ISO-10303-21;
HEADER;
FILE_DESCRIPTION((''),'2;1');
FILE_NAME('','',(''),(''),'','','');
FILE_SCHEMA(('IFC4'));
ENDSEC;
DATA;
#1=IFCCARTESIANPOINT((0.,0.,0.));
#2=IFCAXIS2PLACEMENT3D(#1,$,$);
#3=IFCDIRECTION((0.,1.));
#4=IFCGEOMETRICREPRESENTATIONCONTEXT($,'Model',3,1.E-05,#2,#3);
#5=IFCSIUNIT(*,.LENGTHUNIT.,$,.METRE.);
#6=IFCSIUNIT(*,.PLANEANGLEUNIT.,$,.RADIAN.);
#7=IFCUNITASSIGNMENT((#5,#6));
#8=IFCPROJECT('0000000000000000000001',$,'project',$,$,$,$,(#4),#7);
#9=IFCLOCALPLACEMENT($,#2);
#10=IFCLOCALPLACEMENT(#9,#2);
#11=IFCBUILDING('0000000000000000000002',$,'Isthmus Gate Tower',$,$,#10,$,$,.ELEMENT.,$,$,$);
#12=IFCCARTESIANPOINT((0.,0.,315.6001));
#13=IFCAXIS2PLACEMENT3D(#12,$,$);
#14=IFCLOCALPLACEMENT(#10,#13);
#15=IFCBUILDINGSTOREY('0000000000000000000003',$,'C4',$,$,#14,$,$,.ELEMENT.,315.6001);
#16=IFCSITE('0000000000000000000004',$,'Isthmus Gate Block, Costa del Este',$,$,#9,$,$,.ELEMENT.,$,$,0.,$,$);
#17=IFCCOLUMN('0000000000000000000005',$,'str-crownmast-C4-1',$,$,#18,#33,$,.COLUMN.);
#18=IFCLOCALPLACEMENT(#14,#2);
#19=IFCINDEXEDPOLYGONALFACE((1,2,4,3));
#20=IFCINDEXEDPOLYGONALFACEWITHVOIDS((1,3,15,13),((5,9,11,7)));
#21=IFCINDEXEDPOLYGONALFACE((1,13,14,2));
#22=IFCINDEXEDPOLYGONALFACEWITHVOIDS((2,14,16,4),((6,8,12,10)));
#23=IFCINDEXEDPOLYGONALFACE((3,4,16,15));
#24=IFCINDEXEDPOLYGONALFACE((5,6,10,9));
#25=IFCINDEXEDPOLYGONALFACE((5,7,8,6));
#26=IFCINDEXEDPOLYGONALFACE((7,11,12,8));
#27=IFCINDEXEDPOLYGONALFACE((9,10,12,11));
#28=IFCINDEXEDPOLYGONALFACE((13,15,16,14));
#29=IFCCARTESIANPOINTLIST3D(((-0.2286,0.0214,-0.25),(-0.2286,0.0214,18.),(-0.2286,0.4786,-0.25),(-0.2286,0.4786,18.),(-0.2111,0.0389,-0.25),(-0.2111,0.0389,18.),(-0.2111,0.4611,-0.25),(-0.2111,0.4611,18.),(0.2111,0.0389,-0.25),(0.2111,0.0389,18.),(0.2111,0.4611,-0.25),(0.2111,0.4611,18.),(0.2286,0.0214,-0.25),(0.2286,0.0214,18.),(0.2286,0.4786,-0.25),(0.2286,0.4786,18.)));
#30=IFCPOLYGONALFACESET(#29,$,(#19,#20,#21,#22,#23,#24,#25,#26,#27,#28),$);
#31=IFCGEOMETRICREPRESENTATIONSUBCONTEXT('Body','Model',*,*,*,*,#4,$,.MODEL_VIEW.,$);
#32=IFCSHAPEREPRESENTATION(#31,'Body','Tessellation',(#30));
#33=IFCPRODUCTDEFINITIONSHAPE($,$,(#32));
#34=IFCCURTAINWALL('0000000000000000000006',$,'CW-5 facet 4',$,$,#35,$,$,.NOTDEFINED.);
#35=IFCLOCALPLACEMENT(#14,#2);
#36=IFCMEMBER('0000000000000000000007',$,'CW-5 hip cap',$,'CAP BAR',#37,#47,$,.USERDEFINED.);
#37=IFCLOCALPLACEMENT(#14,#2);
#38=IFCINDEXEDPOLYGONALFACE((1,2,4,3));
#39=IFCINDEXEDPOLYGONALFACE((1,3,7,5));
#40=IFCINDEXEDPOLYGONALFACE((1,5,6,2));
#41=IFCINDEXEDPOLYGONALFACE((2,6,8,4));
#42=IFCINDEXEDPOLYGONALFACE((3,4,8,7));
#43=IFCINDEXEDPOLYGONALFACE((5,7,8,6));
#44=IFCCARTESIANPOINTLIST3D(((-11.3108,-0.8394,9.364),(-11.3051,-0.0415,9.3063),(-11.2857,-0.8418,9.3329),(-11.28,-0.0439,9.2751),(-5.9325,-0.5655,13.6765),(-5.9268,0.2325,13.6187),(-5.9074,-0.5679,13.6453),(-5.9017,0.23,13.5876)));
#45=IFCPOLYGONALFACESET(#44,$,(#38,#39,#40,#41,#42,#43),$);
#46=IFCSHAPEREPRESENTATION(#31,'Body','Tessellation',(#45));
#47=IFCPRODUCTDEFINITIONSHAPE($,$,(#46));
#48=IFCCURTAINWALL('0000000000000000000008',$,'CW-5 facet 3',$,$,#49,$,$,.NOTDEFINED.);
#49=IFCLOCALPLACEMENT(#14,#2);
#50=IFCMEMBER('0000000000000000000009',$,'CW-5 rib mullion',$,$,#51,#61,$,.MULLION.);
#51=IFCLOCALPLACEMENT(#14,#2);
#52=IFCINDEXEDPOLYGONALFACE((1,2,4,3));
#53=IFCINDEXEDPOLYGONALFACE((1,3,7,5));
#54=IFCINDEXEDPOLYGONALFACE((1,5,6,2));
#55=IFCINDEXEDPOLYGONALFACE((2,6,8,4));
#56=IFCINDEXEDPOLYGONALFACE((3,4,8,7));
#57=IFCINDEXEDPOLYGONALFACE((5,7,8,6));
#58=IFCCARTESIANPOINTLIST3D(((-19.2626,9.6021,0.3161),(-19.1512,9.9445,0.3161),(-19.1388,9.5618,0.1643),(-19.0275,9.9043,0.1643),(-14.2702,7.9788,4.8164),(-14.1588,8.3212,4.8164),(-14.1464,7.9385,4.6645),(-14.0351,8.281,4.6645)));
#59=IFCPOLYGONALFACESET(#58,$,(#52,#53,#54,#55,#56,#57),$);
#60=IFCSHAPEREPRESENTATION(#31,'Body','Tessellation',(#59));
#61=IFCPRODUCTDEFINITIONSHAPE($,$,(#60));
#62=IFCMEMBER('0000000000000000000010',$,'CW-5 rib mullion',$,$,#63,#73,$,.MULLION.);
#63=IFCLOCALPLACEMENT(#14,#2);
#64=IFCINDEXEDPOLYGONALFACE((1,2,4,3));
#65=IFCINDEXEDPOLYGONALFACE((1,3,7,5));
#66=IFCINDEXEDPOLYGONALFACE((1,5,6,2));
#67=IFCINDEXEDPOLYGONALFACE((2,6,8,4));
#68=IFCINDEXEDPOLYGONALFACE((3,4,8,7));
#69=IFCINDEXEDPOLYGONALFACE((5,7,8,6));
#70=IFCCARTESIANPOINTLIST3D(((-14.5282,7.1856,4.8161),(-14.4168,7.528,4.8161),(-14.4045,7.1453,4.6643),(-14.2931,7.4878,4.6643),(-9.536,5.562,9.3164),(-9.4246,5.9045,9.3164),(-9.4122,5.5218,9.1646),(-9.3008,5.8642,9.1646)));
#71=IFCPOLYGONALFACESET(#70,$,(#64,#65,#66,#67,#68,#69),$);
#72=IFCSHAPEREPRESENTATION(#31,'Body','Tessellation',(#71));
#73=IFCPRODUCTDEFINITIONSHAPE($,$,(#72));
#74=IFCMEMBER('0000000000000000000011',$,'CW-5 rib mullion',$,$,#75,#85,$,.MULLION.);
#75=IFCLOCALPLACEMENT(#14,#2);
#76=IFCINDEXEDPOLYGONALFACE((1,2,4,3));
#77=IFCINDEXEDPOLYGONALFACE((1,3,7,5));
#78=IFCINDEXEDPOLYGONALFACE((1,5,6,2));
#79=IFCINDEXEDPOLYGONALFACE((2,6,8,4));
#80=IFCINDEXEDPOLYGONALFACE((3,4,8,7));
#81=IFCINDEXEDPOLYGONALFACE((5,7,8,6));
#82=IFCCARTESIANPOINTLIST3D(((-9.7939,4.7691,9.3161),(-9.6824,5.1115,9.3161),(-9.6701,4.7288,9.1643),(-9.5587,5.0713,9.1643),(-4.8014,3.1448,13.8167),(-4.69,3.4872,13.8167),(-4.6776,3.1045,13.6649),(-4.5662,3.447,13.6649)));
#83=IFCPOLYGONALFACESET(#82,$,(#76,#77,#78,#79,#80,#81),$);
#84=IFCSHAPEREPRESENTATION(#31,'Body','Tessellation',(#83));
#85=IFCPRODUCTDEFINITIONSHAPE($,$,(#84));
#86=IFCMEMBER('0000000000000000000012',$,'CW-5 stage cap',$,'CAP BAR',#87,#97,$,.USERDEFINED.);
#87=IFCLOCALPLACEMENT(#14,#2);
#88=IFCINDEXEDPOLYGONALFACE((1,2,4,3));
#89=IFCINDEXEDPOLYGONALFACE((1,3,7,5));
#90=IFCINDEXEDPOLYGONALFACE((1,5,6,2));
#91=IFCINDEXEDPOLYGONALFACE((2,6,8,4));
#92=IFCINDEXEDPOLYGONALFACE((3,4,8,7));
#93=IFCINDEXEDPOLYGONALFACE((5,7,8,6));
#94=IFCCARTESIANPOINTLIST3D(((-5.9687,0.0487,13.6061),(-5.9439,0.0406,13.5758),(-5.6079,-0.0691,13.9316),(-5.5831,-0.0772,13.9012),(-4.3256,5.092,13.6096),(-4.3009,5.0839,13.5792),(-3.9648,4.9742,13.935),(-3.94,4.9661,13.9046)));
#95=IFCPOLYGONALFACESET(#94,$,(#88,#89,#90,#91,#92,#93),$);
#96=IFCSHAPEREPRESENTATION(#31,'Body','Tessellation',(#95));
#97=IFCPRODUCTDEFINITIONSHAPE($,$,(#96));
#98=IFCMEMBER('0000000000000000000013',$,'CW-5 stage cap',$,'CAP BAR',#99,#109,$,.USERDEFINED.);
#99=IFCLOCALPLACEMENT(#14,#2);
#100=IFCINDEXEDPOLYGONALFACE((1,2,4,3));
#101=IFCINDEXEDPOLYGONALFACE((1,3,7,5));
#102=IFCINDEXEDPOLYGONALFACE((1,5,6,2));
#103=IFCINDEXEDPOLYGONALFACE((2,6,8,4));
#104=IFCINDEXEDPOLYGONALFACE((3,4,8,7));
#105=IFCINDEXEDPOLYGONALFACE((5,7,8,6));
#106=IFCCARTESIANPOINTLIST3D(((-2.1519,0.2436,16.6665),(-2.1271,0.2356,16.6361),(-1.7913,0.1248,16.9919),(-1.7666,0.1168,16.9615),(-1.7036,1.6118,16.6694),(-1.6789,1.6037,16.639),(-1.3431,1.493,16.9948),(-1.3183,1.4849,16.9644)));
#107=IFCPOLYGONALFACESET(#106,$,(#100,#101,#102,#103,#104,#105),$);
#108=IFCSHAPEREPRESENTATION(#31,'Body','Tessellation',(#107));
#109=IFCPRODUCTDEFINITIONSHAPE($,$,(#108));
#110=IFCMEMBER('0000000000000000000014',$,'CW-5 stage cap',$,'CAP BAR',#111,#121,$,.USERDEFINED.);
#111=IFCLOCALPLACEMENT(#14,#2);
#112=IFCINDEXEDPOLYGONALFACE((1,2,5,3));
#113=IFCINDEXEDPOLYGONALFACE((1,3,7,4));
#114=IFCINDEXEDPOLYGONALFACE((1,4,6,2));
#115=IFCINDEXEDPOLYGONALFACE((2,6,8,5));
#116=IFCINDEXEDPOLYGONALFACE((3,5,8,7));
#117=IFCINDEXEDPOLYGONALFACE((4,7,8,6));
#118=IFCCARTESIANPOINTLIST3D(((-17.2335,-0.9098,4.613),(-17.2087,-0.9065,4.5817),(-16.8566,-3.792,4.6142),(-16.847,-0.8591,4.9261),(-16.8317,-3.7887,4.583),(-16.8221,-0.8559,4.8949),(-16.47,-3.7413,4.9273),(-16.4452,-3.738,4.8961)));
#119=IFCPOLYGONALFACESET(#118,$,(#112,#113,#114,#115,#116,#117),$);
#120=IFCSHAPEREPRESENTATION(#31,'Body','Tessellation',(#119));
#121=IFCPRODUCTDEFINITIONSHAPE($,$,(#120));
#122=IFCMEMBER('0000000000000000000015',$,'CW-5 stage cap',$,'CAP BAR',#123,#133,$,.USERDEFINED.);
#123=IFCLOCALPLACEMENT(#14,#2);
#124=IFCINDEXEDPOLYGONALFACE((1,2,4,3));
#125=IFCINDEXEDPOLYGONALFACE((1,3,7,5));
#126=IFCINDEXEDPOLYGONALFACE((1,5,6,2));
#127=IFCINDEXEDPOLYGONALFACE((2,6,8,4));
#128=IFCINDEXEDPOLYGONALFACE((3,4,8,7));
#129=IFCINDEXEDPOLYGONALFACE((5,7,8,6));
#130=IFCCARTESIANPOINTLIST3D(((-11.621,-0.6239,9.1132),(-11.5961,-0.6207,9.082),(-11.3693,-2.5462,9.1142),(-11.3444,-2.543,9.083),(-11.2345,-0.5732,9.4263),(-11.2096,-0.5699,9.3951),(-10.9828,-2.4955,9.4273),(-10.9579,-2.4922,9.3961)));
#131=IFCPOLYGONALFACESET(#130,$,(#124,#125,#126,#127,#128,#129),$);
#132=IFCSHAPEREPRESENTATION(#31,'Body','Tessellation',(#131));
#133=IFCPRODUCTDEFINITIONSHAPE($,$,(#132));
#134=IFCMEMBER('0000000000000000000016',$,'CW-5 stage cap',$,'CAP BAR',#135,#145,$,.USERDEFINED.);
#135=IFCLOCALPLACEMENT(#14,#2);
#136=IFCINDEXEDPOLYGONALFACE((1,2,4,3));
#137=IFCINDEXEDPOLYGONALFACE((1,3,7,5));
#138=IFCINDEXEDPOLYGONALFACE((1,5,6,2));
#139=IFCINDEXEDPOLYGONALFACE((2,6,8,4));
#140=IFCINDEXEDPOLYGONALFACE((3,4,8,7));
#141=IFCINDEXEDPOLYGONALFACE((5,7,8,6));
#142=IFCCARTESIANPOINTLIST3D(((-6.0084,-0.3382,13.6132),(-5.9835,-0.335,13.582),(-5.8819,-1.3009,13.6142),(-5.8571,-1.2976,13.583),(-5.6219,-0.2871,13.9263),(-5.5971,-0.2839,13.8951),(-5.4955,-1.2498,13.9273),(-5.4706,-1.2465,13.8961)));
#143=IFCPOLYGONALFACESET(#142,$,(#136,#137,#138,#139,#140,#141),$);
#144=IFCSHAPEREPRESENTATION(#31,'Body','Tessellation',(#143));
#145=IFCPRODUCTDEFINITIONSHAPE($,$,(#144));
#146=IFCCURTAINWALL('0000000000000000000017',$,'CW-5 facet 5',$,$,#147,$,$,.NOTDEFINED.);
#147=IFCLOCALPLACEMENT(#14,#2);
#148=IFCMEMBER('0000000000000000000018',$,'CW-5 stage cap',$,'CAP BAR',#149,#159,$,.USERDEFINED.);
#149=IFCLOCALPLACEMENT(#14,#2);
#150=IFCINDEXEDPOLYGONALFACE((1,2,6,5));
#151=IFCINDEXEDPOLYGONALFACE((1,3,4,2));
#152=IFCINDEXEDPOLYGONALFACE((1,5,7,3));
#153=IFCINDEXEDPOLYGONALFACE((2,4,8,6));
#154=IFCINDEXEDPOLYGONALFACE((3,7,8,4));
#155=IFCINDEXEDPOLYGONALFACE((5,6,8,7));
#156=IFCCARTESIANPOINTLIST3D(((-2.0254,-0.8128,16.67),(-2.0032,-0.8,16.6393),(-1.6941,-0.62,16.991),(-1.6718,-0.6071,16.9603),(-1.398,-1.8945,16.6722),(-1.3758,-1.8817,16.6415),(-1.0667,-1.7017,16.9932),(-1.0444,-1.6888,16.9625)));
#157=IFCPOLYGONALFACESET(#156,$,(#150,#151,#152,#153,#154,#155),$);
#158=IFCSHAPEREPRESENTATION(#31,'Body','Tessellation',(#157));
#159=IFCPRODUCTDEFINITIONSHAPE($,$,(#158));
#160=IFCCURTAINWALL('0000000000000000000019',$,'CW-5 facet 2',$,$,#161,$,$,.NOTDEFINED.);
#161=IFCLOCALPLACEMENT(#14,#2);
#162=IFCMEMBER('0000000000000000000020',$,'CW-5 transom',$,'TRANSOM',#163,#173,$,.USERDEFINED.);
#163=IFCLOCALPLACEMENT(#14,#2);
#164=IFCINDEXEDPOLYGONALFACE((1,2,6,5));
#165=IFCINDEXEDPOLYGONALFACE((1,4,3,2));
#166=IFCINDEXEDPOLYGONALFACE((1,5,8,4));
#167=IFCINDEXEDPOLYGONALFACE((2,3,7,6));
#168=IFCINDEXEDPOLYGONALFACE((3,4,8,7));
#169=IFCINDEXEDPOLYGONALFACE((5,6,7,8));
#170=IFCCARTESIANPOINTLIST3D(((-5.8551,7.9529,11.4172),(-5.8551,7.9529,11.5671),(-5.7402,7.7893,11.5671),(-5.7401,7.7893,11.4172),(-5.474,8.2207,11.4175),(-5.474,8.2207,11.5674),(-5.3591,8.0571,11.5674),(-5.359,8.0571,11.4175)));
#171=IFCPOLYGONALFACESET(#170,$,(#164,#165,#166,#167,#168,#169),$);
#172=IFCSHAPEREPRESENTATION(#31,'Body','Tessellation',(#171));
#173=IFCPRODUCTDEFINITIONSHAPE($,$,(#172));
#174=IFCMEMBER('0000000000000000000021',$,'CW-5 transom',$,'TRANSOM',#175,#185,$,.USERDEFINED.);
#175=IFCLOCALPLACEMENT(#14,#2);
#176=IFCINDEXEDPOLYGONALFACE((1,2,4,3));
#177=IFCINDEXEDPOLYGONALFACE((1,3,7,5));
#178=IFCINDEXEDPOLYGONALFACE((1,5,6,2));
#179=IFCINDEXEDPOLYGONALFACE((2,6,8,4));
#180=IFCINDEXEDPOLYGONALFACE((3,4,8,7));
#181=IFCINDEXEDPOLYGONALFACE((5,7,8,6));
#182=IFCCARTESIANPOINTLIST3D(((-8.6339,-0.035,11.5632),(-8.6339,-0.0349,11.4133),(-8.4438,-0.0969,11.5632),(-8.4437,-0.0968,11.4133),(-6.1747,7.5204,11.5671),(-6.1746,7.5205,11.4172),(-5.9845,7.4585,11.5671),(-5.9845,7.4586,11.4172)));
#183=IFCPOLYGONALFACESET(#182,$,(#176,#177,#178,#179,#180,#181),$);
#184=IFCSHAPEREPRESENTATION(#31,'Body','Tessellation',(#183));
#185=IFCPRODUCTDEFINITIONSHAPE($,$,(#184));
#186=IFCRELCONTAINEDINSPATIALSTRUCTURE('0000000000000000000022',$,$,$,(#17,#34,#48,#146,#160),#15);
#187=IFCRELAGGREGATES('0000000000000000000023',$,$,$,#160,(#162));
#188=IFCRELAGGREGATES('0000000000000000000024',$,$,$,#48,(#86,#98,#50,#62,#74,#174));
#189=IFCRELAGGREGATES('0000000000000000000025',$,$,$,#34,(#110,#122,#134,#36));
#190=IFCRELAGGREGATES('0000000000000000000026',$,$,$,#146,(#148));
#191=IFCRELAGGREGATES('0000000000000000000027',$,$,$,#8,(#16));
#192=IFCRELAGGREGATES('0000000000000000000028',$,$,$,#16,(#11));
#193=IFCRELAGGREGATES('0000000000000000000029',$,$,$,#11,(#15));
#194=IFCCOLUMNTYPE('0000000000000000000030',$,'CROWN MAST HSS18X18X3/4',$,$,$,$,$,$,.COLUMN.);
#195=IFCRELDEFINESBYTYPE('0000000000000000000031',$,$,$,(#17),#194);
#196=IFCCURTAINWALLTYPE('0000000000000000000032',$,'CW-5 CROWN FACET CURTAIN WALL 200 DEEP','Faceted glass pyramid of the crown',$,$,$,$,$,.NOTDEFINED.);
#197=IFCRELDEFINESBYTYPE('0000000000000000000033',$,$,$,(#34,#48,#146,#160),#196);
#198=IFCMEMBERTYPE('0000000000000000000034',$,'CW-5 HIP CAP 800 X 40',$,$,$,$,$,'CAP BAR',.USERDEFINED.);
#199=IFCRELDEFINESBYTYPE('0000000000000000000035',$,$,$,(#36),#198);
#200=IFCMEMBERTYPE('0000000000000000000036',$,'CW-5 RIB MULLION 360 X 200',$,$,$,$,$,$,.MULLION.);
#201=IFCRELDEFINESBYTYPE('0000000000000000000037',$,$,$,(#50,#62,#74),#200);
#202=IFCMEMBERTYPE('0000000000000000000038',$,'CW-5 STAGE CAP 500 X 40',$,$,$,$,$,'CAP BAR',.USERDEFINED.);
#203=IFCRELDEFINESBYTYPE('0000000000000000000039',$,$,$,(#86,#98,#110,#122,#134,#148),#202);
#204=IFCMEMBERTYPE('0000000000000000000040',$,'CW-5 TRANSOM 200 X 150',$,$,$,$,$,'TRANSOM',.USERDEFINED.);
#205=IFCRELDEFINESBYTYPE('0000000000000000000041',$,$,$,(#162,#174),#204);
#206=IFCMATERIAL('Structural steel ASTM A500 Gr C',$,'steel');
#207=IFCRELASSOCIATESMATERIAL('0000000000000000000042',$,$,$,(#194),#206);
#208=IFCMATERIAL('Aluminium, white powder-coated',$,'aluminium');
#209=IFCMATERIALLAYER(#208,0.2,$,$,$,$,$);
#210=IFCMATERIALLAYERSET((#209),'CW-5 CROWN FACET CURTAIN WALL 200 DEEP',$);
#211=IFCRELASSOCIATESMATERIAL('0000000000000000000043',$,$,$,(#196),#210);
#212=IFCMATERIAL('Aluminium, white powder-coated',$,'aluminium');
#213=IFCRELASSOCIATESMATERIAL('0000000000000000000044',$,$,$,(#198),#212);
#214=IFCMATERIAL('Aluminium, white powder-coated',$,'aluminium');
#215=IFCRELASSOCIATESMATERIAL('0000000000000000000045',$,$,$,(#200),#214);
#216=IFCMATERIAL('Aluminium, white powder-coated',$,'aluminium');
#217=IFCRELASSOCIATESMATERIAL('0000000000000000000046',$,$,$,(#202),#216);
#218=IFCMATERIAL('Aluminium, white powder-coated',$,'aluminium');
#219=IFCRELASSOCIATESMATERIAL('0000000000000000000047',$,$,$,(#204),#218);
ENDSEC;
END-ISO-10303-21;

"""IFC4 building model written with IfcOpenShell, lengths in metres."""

from ifc_helpers import new_model, si_unit, direction, frame, origin, origin_2d, place, context, subcontext, project, spatial, rectangle, hollow_rectangle, extrude, material, layer, layer_set, material_profile, profile_set, type_object, element, aggregate, save


model = new_model("IFC4")

# Units and contexts
model_context = context("Model", 3, precision=1e-05, world=origin(), true_north=direction((0.0, 1.0)))
body_context = subcontext(model_context, "Body", "Model", "MODEL_VIEW")
ifc_project = project(units=[si_unit("LENGTHUNIT", "METRE"), si_unit("PLANEANGLEUNIT", "RADIAN")], contexts=[model_context])

# Site, building, storey
site_placement = place(None, origin())
site = spatial("IfcSite", under=ifc_project, at=site_placement, Name="Isthmus Gate Block, Costa del Este", CompositionType="ELEMENT", RefElevation=0.0)
building_placement = place(site_placement, origin())
building = spatial("IfcBuilding", under=site, at=building_placement, Name="Isthmus Gate Tower", CompositionType="ELEMENT")
storey_placement = place(building_placement, frame((0.0, 0.0, 315.6001)))
storey = spatial("IfcBuildingStorey", under=building, at=storey_placement, Name="C4", CompositionType="ELEMENT", Elevation=315.6001)

# Column
ifc_material_1 = material(Name="Structural steel ASTM A500 Gr C", Category="steel")
ifc_material_profile_1 = material_profile(ifc_material_1, hollow_rectangle(XDim=0.4573, YDim=0.4573, WallThickness=0.0176, at=origin_2d()), Name="HSS18X18X3/4")
ifc_profile_set_1 = profile_set([ifc_material_profile_1], Name="Structural steel ASTM A500 Gr C")
column_type = type_object("IfcColumnType", Name="CROWN MAST HSS18X18X3/4", PredefinedType="COLUMN", material=ifc_profile_set_1)
column_placement = place(storey_placement, frame((0.0, 0.25, -0.25), z_axis=(0.0, 0.0, 1.0), x_axis=(1.0, 0.0, 0.0)))
element("IfcColumn", 1, at=column_placement, inside=storey, type_object=column_type, Name="str-crownmast-C4-1", PredefinedType="COLUMN", context=body_context, shape_type="SweptSolid", body=[
    extrude(hollow_rectangle(XDim=0.4573, YDim=0.4573, WallThickness=0.0176, at=origin_2d()), origin(), (0.0, 0.0, 1.0), 18.25),
])

# Curtain wall, member
ifc_material_2 = material(Name="Aluminium, white powder-coated", Category="aluminium")
ifc_layer_1 = layer(ifc_material_2, 0.2)
ifc_layer_set_1 = layer_set([ifc_layer_1], Name="CW-5 CROWN FACET CURTAIN WALL 200 DEEP")
curtain_wall_type = type_object("IfcCurtainWallType", Name="CW-5 CROWN FACET CURTAIN WALL 200 DEEP", Description="Faceted glass pyramid of the crown", PredefinedType="NOTDEFINED", material=ifc_layer_set_1)
curtain_wall_1_placement = place(storey_placement, origin())
curtain_wall_1 = element("IfcCurtainWall", 2, at=curtain_wall_1_placement, inside=storey, type_object=curtain_wall_type, Name="CW-5 facet 4", PredefinedType="NOTDEFINED")
ifc_material_3 = material(Name="Aluminium, white powder-coated", Category="aluminium")
ifc_material_profile_2 = material_profile(ifc_material_3, rectangle(XDim=0.8, YDim=0.04, at=origin_2d()), Name="800x40")
ifc_profile_set_2 = profile_set([ifc_material_profile_2], Name="Aluminium, white powder-coated")
member_type_1 = type_object("IfcMemberType", Name="CW-5 HIP CAP 800 X 40", ElementType="CAP BAR", PredefinedType="USERDEFINED", material=ifc_profile_set_2)
placement_1 = place(building_placement, frame((0.0, 0.0, 324.6001)))
member_1_placement = place(placement_1, frame((-11.2954, -0.4417, 0.3196), z_axis=(0.779562, 0.039704, 0.625065), x_axis=(0.007103, 0.997364, -0.072211)))
member_1 = element("IfcMember", 3, at=member_1_placement, type_object=member_type_1, Name="CW-5 hip cap", ObjectType="CAP BAR", PredefinedType="USERDEFINED", context=body_context, shape_type="SweptSolid", body=[
    extrude(rectangle(XDim=0.8, YDim=0.04, at=origin_2d()), origin(), (0.0, 0.0, 1.0), 6.8992),
])

# Curtain wall, members
curtain_wall_2_placement = place(storey_placement, origin())
curtain_wall_2 = element("IfcCurtainWall", 4, at=curtain_wall_2_placement, inside=storey, type_object=curtain_wall_type, Name="CW-5 facet 3", PredefinedType="NOTDEFINED")
ifc_material_4 = material(Name="Aluminium, white powder-coated", Category="aluminium")
ifc_material_profile_3 = material_profile(ifc_material_4, rectangle(XDim=0.3601, YDim=0.2, at=origin_2d()), Name="360x200")
ifc_profile_set_3 = profile_set([ifc_material_profile_3], Name="Aluminium, white powder-coated")
member_type_2 = type_object("IfcMemberType", Name="CW-5 RIB MULLION 360 X 200", PredefinedType="MULLION", material=ifc_profile_set_3)
member_2_placement = place(storey_placement, frame((-19.145, 9.7532, 0.2402), z_axis=(0.722013, -0.234763, 0.650833), x_axis=(0.309215, 0.950992, 0.0)))
member_2 = element("IfcMember", 5, at=member_2_placement, type_object=member_type_2, Name="CW-5 rib mullion", PredefinedType="MULLION", context=body_context, shape_type="SweptSolid", body=[
    extrude(rectangle(XDim=0.3601, YDim=0.2, at=origin_2d()), origin(), (0.0, 0.0, 1.0), 6.9146),
])
placement_2 = place(building_placement, frame((0.0, 0.0, 320.1001)))
member_3_placement = place(placement_2, frame((-14.4106, 7.3367, 0.2402), z_axis=(0.721991, -0.234802, 0.650844), x_axis=(0.309271, 0.950974, 0.0)))
member_3 = element("IfcMember", 6, at=member_3_placement, type_object=member_type_2, Name="CW-5 rib mullion", PredefinedType="MULLION", context=body_context, shape_type="SweptSolid", body=[
    extrude(rectangle(XDim=0.3601, YDim=0.2, at=origin_2d()), origin(), (0.0, 0.0, 1.0), 6.9146),
])
member_4_placement = place(placement_1, frame((-9.6763, 4.9202, 0.2402), z_axis=(0.721973, -0.234891, 0.650831), x_axis=(0.309384, 0.950937, 0.0)))
member_4 = element("IfcMember", 7, at=member_4_placement, type_object=member_type_2, Name="CW-5 rib mullion", PredefinedType="MULLION", context=body_context, shape_type="SweptSolid", body=[
    extrude(rectangle(XDim=0.3601, YDim=0.2, at=origin_2d()), origin(), (0.0, 0.0, 1.0), 6.915),
])
ifc_material_5 = material(Name="Aluminium, white powder-coated", Category="aluminium")
ifc_material_profile_4 = material_profile(ifc_material_5, rectangle(XDim=0.5, YDim=0.04, at=origin_2d()), Name="500x40")
ifc_profile_set_4 = profile_set([ifc_material_profile_4], Name="Aluminium, white powder-coated")
member_type_3 = type_object("IfcMemberType", Name="CW-5 STAGE CAP 500 X 40", ElementType="CAP BAR", PredefinedType="USERDEFINED", material=ifc_profile_set_4)
member_5_placement = place(placement_1, frame((-4.1328, 5.0291, 4.7571), z_axis=(-0.309772, -0.950811, -0.000644), x_axis=(0.721742, -0.235583, 0.650838)))
member_5 = element("IfcMember", 8, at=member_5_placement, type_object=member_type_3, Name="CW-5 stage cap", ObjectType="CAP BAR", PredefinedType="USERDEFINED", context=body_context, shape_type="SweptSolid", body=[
    extrude(rectangle(XDim=0.5, YDim=0.04, at=origin_2d()), origin(), (0.0, 0.0, 1.0), 5.3042),
])
placement_3 = place(building_placement, frame((0.0, 0.0, 329.1001)))
member_6_placement = place(placement_3, frame((-1.511, 1.5483, 3.3169), z_axis=(-0.311339, -0.950297, -0.002035), x_axis=(0.721072, -0.237633, 0.650835)))
member_6 = element("IfcMember", 9, at=member_6_placement, type_object=member_type_3, Name="CW-5 stage cap", ObjectType="CAP BAR", PredefinedType="USERDEFINED", context=body_context, shape_type="SweptSolid", body=[
    extrude(rectangle(XDim=0.5, YDim=0.04, at=origin_2d()), origin(), (0.0, 0.0, 1.0), 1.4397),
])

# Members
member_7_placement = place(storey_placement, frame((-17.0278, -0.8828, 4.7539), z_axis=(0.129687, -0.991555, 0.00042), x_axis=(0.773017, 0.10137, 0.626234)))
member_7 = element("IfcMember", 10, at=member_7_placement, type_object=member_type_3, Name="CW-5 stage cap", ObjectType="CAP BAR", PredefinedType="USERDEFINED", context=body_context, shape_type="SweptSolid", body=[
    extrude(rectangle(XDim=0.5, YDim=0.04, at=origin_2d()), origin(), (0.0, 0.0, 1.0), 2.9067),
])
member_8_placement = place(placement_2, frame((-11.4153, -0.5969, 4.7542), z_axis=(0.129829, -0.991536, 0.000504), x_axis=(0.772995, 0.101532, 0.626234)))
member_8 = element("IfcMember", 11, at=member_8_placement, type_object=member_type_3, Name="CW-5 stage cap", ObjectType="CAP BAR", PredefinedType="USERDEFINED", context=body_context, shape_type="SweptSolid", body=[
    extrude(rectangle(XDim=0.5, YDim=0.04, at=origin_2d()), origin(), (0.0, 0.0, 1.0), 1.9387),
])
member_9_placement = place(placement_1, frame((-5.8027, -0.311, 4.7542), z_axis=(0.130253, -0.99148, 0.001006), x_axis=(0.772911, 0.102174, 0.626234)))
member_9 = element("IfcMember", 12, at=member_9_placement, type_object=member_type_3, Name="CW-5 stage cap", ObjectType="CAP BAR", PredefinedType="USERDEFINED", context=body_context, shape_type="SweptSolid", body=[
    extrude(rectangle(XDim=0.5, YDim=0.04, at=origin_2d()), origin(), (0.0, 0.0, 1.0), 0.9709),
])

# Curtain walls, members
curtain_wall_3_placement = place(storey_placement, origin())
curtain_wall_3 = element("IfcCurtainWall", 13, at=curtain_wall_3_placement, inside=storey, type_object=curtain_wall_type, Name="CW-5 facet 5", PredefinedType="NOTDEFINED")
member_10_placement = place(placement_3, frame((-1.8486, -0.71, 3.3152), z_axis=(0.50172, -0.865028, 0.001757), x_axis=(0.662703, 0.385675, 0.641934)))
member_10 = element("IfcMember", 14, at=member_10_placement, type_object=member_type_3, Name="CW-5 stage cap", ObjectType="CAP BAR", PredefinedType="USERDEFINED", context=body_context, shape_type="SweptSolid", body=[
    extrude(rectangle(XDim=0.5, YDim=0.04, at=origin_2d()), origin(), (0.0, 0.0, 1.0), 1.2505),
])
curtain_wall_4_placement = place(storey_placement, origin())
curtain_wall_4 = element("IfcCurtainWall", 15, at=curtain_wall_4_placement, inside=storey, type_object=curtain_wall_type, Name="CW-5 facet 2", PredefinedType="NOTDEFINED")
ifc_material_6 = material(Name="Aluminium, white powder-coated", Category="aluminium")
ifc_material_profile_5 = material_profile(ifc_material_6, rectangle(XDim=0.2, YDim=0.1499, at=origin_2d()), Name="200x150")
ifc_profile_set_5 = profile_set([ifc_material_profile_5], Name="Aluminium, white powder-coated")
member_type_4 = type_object("IfcMemberType", Name="CW-5 TRANSOM 200 X 150", ElementType="TRANSOM", PredefinedType="USERDEFINED", material=ifc_profile_set_5)
member_11_placement = place(placement_1, frame((-5.4165, 8.1389, 2.4924), z_axis=(-0.818172, -0.574974, -0.000524), x_axis=(0.574974, -0.818172, 0.0)))
member_11 = element("IfcMember", 16, at=member_11_placement, type_object=member_type_4, Name="CW-5 transom", ObjectType="TRANSOM", PredefinedType="USERDEFINED", context=body_context, shape_type="SweptSolid", body=[
    extrude(rectangle(XDim=0.2, YDim=0.1499, at=origin_2d()), origin(), (0.0, 0.0, 1.0), 0.4658),
])

# Member
member_12_placement = place(placement_1, frame((-6.0796, 7.4895, 2.4922), z_axis=(-0.309509, -0.950896, -0.000492), x_axis=(0.950896, -0.309509, 0.0)))
member_12 = element("IfcMember", 17, at=member_12_placement, type_object=member_type_4, Name="CW-5 transom", ObjectType="TRANSOM", PredefinedType="USERDEFINED", context=body_context, shape_type="SweptSolid", body=[
    extrude(rectangle(XDim=0.2, YDim=0.1499, at=origin_2d()), origin(), (0.0, 0.0, 1.0), 7.9456),
])

aggregate(curtain_wall_4, [member_11])
aggregate(curtain_wall_2, [member_5, member_6, member_2, member_3, member_4, member_12])
aggregate(curtain_wall_1, [member_7, member_8, member_9, member_1])
aggregate(curtain_wall_3, [member_10])

save(model, "model.ifc")
